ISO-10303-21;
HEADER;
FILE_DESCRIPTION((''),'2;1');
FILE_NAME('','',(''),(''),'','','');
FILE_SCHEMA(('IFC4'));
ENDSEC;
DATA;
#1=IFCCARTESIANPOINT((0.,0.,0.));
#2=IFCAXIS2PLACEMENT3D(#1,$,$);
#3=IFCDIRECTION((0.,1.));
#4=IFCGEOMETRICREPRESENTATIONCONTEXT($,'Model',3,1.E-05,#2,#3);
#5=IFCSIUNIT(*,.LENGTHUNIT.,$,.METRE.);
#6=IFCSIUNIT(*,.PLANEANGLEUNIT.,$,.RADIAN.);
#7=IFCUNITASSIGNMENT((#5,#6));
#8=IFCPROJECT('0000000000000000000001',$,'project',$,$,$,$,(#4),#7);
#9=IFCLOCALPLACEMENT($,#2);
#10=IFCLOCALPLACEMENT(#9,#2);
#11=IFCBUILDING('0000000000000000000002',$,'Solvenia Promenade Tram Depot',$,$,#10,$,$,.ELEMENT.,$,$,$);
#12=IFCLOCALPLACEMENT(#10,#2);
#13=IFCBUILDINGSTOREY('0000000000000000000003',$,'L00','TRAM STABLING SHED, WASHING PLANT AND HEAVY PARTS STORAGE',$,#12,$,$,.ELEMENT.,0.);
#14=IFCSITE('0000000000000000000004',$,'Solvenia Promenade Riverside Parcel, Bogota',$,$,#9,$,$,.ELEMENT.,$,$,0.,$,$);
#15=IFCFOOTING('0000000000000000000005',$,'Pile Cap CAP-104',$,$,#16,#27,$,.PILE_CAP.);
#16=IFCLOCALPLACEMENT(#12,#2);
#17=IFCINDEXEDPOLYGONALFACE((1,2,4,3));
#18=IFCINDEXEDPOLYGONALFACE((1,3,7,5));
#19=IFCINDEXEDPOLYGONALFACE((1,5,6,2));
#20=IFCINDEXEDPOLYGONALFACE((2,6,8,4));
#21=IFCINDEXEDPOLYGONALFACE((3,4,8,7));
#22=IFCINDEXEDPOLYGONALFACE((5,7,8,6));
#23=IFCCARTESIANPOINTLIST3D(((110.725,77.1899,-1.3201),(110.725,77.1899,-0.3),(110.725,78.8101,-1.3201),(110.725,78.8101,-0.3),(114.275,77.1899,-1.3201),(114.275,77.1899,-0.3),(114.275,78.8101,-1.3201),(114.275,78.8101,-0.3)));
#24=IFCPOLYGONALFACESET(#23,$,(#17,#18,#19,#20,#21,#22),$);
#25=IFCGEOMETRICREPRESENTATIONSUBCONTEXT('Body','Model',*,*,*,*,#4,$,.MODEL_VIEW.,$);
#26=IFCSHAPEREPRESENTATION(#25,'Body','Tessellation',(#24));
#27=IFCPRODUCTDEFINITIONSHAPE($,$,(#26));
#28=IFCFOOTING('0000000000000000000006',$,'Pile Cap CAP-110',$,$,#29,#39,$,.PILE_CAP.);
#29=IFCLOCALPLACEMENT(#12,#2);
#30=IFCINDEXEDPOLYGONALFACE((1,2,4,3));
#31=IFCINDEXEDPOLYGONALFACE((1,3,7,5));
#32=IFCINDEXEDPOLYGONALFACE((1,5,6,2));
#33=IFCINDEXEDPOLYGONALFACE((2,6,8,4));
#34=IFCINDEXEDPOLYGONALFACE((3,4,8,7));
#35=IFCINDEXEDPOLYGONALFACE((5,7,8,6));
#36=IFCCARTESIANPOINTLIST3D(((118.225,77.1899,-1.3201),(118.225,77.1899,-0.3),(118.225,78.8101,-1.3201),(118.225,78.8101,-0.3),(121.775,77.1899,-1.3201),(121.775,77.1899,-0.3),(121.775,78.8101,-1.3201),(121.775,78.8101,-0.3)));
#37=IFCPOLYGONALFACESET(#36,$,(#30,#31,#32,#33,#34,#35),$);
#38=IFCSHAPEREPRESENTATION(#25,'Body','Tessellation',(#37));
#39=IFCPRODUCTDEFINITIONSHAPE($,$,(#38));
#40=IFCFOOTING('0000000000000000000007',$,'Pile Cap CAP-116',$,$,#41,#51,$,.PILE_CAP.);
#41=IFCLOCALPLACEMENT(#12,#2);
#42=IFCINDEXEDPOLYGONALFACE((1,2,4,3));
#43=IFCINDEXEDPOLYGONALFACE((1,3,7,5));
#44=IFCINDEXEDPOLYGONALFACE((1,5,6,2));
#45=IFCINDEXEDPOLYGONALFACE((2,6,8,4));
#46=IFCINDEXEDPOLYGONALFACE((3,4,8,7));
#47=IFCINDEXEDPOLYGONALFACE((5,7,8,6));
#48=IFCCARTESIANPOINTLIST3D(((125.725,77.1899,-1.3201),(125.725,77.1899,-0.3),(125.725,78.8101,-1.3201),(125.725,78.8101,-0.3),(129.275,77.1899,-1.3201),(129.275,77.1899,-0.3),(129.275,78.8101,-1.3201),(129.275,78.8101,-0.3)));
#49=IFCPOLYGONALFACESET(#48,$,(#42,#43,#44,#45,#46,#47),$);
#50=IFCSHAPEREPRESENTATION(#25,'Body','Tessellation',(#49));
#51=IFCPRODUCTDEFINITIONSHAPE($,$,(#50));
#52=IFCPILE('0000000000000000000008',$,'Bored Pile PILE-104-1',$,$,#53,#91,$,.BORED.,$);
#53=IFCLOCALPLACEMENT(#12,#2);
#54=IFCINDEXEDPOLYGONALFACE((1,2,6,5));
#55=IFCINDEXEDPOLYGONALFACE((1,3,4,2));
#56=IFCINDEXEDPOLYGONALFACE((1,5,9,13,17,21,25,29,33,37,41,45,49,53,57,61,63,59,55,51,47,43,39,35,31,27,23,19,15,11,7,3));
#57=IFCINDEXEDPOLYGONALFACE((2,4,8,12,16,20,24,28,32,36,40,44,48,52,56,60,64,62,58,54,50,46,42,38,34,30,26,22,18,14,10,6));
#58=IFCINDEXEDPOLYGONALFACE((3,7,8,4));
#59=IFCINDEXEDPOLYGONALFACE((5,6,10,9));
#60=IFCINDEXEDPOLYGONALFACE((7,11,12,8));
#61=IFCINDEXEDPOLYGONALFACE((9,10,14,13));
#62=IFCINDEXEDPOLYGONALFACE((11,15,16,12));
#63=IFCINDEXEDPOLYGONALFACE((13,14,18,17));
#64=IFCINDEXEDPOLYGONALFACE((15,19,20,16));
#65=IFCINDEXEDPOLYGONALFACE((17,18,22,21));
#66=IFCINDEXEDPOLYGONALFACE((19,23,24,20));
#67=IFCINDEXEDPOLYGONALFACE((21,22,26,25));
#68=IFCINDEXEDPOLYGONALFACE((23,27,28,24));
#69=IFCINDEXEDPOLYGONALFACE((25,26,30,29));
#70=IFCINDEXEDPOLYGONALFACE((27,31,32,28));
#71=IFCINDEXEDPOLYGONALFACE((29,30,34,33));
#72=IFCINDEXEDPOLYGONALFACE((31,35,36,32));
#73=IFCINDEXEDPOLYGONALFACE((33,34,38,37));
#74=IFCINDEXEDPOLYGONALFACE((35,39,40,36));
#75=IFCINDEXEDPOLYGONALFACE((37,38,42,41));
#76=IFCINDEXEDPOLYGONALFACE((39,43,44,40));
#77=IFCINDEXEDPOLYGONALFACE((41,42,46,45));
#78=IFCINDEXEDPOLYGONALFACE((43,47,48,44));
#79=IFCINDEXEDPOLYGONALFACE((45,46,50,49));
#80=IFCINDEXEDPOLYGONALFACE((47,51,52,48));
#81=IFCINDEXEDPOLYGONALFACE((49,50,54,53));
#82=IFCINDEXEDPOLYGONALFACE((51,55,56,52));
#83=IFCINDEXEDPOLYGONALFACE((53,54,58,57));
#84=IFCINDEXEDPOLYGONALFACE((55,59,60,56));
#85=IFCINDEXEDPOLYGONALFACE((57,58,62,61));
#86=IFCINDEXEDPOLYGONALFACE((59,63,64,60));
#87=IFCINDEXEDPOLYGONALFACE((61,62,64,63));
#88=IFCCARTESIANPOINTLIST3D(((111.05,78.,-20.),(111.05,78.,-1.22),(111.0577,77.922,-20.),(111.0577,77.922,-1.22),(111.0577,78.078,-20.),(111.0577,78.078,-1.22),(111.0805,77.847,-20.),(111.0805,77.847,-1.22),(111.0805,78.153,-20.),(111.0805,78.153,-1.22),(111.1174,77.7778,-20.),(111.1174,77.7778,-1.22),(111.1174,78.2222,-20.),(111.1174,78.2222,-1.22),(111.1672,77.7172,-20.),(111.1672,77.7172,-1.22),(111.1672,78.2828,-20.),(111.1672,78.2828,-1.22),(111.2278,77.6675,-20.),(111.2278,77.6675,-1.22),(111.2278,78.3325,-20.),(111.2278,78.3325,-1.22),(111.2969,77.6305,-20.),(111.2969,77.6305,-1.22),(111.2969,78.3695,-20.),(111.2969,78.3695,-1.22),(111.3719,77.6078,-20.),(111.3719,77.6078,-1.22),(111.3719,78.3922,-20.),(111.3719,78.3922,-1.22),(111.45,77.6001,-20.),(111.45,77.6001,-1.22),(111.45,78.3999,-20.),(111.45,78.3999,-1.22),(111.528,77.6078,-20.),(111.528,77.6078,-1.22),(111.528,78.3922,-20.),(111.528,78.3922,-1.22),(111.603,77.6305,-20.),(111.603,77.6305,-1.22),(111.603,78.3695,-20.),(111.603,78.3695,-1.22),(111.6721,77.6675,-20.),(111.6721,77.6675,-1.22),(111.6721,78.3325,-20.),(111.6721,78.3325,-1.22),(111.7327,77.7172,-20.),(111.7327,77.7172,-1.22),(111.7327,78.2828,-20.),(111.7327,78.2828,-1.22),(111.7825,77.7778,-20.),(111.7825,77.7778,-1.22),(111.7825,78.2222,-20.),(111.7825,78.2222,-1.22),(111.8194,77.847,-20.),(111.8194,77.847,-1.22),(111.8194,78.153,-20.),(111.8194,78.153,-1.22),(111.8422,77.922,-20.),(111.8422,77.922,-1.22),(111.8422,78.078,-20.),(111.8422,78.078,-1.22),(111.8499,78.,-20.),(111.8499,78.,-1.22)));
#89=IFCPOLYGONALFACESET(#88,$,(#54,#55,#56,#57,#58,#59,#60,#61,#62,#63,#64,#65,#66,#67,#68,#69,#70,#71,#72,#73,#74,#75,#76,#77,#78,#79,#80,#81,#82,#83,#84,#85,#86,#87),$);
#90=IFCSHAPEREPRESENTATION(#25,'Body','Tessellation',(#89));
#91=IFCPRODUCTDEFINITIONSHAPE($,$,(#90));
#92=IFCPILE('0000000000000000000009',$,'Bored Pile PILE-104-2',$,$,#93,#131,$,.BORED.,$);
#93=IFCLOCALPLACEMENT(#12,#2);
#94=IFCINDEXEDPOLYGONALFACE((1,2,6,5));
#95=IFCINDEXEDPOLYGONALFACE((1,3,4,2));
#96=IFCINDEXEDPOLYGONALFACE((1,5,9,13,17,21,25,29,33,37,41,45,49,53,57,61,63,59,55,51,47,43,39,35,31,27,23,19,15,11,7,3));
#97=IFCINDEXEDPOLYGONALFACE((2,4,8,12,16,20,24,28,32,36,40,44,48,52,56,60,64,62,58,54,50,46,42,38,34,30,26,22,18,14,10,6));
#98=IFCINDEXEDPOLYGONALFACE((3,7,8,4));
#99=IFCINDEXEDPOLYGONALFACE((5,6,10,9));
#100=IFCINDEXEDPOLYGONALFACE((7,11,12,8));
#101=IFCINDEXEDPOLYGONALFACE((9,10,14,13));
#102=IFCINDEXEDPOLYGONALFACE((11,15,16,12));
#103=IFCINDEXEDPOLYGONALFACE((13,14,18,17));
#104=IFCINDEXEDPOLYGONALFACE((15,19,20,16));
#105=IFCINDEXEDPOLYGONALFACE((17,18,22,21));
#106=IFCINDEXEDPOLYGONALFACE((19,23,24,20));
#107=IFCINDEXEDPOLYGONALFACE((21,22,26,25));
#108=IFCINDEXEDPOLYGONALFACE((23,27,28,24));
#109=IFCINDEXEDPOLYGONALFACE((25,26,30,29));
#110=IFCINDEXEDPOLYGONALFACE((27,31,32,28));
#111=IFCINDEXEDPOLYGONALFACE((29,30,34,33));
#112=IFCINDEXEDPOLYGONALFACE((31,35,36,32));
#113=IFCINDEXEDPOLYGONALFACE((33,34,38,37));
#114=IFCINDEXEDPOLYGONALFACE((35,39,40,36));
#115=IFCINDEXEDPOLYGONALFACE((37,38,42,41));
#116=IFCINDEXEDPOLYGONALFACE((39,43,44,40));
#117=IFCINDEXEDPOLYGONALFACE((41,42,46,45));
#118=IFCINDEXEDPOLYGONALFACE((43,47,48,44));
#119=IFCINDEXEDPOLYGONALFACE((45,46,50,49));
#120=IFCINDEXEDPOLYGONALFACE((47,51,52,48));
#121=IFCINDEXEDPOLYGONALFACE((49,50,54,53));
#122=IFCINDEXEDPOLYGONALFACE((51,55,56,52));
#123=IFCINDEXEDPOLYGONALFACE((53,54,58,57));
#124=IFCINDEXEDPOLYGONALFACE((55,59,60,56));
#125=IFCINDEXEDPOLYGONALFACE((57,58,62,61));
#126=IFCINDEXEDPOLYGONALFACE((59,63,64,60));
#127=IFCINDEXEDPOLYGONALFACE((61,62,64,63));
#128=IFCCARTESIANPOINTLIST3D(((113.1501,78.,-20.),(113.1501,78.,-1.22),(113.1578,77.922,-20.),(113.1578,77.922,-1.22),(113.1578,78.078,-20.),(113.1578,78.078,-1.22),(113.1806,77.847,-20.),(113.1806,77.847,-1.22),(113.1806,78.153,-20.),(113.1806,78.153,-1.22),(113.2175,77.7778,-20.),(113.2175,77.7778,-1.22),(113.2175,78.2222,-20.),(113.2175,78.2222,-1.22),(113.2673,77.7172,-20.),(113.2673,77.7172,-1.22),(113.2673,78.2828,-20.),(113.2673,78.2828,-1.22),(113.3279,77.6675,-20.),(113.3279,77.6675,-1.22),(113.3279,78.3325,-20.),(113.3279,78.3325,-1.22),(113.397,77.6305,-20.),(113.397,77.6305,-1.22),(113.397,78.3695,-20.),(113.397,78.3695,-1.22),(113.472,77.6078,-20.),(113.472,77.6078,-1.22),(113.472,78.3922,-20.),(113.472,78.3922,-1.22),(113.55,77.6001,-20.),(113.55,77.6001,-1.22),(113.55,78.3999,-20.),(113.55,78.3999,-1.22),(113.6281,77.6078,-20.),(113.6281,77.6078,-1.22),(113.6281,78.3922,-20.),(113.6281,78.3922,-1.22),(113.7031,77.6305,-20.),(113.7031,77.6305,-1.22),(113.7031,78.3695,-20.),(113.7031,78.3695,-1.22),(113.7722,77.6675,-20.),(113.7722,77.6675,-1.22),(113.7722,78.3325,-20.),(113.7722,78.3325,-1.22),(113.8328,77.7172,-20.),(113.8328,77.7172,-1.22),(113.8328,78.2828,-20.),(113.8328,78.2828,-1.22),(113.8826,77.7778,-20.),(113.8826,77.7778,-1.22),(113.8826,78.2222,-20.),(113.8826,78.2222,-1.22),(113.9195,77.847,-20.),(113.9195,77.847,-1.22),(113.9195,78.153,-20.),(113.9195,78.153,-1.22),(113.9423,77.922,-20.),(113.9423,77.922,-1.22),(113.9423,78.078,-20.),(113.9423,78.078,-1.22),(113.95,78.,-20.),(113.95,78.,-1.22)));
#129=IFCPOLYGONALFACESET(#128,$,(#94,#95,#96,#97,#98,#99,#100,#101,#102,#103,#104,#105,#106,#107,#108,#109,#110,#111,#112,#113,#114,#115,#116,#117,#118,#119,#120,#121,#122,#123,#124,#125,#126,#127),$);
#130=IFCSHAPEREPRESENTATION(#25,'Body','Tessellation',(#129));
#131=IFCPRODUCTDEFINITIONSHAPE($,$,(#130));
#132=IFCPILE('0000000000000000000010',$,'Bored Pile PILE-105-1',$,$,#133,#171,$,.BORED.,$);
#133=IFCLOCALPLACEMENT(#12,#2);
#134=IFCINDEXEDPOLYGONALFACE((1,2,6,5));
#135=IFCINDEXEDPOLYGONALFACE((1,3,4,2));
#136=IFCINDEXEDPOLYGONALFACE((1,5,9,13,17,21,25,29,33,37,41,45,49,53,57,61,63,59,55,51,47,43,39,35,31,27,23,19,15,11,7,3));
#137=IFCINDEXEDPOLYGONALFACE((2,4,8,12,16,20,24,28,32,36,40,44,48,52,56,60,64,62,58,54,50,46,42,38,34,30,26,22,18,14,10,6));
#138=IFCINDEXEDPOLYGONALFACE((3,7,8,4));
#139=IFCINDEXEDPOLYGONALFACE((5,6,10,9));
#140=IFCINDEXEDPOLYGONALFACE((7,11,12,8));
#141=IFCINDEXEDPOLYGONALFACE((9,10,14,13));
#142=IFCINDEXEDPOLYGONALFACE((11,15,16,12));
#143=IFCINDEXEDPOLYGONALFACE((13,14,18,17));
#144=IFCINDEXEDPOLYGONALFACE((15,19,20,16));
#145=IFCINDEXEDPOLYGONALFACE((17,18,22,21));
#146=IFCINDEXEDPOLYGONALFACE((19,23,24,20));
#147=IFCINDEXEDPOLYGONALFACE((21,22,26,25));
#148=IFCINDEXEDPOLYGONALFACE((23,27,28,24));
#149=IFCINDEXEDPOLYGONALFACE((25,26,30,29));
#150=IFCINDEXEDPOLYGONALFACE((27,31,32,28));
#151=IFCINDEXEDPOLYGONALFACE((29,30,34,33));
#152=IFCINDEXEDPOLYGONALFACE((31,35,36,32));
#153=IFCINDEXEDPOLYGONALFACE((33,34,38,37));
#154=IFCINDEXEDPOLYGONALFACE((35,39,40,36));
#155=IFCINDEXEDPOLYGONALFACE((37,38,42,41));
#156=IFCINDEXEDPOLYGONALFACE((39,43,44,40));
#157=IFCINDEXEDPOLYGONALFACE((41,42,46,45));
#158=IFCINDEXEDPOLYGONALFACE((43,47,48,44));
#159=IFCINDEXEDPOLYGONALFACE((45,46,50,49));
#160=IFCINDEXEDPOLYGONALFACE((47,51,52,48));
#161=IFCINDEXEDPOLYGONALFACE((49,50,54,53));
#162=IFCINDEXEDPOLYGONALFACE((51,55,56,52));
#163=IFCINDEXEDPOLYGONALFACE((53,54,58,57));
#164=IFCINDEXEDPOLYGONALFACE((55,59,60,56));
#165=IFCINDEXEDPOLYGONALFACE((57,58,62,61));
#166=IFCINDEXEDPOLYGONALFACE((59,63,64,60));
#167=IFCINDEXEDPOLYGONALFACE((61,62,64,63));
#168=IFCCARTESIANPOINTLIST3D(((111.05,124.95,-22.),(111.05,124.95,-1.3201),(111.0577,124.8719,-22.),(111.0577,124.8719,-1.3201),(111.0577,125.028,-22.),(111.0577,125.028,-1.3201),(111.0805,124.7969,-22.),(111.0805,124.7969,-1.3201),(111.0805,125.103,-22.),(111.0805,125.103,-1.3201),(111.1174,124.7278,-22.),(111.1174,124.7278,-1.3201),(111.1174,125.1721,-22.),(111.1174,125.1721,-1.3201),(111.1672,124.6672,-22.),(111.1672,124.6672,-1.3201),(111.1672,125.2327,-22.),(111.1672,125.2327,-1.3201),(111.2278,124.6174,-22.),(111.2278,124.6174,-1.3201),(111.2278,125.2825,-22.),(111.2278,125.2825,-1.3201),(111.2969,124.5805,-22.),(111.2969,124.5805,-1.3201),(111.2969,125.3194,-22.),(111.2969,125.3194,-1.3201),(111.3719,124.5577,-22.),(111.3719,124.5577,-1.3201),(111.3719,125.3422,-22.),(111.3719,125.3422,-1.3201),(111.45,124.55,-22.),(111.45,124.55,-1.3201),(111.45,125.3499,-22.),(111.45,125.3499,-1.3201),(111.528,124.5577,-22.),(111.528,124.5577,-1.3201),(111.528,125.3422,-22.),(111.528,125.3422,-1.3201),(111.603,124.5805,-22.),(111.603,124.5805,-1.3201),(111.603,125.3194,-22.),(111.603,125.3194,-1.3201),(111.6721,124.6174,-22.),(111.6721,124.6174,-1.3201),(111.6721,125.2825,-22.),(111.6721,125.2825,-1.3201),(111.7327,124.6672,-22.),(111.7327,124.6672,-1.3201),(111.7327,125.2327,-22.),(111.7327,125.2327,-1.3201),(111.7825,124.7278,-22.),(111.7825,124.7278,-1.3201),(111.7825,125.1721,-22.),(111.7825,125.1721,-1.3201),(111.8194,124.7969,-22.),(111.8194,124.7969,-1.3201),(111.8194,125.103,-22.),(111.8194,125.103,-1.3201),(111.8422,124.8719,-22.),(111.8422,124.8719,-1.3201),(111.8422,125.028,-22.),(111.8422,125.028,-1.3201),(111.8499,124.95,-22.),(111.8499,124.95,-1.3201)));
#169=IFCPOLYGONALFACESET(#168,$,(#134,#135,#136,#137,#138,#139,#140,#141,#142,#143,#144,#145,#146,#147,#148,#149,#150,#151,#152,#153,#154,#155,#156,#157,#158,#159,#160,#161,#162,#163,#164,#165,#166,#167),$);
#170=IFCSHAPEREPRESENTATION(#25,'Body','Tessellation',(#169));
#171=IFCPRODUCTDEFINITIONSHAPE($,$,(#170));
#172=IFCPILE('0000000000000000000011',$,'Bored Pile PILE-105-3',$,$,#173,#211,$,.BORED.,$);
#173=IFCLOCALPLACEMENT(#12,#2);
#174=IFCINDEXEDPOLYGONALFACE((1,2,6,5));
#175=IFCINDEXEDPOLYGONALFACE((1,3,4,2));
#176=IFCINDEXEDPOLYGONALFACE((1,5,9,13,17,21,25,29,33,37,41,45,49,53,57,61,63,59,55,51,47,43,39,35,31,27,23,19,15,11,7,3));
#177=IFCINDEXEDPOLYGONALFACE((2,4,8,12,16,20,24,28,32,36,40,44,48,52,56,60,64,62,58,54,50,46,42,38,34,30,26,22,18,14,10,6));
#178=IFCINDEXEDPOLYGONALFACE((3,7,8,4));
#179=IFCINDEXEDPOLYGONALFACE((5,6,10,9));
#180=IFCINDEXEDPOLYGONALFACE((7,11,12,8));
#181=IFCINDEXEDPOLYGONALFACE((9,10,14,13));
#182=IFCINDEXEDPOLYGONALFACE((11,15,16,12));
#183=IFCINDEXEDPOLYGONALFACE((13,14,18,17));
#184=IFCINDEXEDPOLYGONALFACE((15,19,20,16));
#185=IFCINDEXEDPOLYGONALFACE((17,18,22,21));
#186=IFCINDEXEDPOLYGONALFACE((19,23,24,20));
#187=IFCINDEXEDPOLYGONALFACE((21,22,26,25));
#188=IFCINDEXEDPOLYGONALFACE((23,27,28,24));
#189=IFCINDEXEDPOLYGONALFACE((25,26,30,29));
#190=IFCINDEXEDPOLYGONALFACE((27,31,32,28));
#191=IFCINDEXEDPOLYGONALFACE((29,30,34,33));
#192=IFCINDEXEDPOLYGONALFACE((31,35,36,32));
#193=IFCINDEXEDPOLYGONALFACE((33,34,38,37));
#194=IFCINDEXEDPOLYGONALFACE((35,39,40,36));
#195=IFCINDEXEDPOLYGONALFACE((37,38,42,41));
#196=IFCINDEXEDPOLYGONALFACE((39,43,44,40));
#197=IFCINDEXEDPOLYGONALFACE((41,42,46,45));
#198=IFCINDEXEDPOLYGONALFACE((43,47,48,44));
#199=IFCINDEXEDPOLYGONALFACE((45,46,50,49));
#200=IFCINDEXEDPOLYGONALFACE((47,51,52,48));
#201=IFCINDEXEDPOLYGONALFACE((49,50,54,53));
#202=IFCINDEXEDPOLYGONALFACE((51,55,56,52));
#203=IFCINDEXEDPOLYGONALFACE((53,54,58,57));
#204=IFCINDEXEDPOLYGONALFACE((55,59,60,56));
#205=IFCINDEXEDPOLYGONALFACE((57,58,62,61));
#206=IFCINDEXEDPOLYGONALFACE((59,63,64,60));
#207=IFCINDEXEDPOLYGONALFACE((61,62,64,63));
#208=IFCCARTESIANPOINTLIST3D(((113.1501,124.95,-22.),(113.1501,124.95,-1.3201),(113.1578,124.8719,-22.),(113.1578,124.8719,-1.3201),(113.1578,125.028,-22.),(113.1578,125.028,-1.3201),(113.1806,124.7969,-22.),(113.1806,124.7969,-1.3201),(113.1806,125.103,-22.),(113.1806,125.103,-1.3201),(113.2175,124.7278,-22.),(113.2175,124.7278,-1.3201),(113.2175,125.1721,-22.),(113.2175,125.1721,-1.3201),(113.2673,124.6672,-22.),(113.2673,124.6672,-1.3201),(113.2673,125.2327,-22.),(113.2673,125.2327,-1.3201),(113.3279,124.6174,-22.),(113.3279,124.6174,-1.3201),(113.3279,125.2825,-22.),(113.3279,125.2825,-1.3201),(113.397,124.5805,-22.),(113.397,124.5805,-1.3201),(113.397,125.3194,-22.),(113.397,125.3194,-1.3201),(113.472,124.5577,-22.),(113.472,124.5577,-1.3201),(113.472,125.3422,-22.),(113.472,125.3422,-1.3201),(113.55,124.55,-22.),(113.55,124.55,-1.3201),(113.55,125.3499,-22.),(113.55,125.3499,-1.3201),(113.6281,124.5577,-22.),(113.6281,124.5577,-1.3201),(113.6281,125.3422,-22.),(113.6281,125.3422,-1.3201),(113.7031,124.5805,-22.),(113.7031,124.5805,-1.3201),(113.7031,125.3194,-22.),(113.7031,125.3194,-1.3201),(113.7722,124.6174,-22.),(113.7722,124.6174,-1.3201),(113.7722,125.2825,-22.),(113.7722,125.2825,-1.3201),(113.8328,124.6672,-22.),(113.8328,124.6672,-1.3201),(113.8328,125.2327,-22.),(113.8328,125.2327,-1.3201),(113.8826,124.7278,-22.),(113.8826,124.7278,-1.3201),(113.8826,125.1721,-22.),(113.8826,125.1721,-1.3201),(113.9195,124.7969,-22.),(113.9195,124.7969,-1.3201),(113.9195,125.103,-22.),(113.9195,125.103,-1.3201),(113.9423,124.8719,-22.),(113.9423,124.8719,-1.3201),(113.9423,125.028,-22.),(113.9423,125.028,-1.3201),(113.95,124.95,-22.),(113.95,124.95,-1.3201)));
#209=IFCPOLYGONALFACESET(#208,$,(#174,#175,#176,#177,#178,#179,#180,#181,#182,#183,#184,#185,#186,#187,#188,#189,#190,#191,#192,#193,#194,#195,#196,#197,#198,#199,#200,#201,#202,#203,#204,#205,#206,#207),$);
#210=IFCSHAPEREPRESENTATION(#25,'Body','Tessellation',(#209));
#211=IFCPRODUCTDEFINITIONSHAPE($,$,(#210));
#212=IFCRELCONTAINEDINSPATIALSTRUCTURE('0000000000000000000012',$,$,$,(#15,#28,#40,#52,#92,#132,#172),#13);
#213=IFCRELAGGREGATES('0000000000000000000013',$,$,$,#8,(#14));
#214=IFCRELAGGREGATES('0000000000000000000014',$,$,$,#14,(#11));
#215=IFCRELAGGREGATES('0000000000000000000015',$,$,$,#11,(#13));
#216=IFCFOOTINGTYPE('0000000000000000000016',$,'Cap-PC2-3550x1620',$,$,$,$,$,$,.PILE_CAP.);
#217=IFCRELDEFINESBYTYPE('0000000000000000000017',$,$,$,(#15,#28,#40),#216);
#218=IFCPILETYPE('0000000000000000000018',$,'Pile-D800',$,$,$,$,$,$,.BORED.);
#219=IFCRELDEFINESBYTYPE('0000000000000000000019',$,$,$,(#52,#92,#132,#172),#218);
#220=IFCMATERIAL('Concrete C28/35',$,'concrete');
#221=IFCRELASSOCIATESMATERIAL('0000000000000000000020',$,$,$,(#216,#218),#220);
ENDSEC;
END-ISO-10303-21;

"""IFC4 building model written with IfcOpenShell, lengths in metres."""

from ifc_helpers import new_model, si_unit, direction, frame, origin, origin_2d, place, context, subcontext, project, spatial, rectangle, circle, extrude, material, material_profile, profile_set, type_object, element, save


model = new_model("IFC4")

# Units and contexts
model_context = context("Model", 3, precision=1e-05, world=origin(), true_north=direction((0.0, 1.0)))
body_context = subcontext(model_context, "Body", "Model", "MODEL_VIEW")
ifc_project = project(units=[si_unit("LENGTHUNIT", "METRE"), si_unit("PLANEANGLEUNIT", "RADIAN")], contexts=[model_context])

# Site, building, storey
site_placement = place(None, origin())
site = spatial("IfcSite", under=ifc_project, at=site_placement, Name="Solvenia Promenade Riverside Parcel, Bogota", CompositionType="ELEMENT", RefElevation=0.0)
building_placement = place(site_placement, origin())
building = spatial("IfcBuilding", under=site, at=building_placement, Name="Solvenia Promenade Tram Depot", CompositionType="ELEMENT")
storey_placement = place(building_placement, origin())
storey = spatial("IfcBuildingStorey", under=building, at=storey_placement, Name="L00", Description="TRAM STABLING SHED, WASHING PLANT AND HEAVY PARTS STORAGE", CompositionType="ELEMENT", Elevation=0.0)

# Footings
ifc_material_1 = material(Name="Concrete C28/35", Category="concrete")
footing_type_1 = type_object("IfcFootingType", Name="Cap-PC2-3550x1620", PredefinedType="PILE_CAP", material=ifc_material_1)
for number, where, z_axis, x_axis, name in (
    (1, (112.5, 78.0, -1.3201), (0.0, 0.0, 1.0), (1.0, 0.0, 0.0), "Pile Cap CAP-104"),
    (2, (120.0, 78.0, -1.3201), (0.0, 0.0, 1.0), (1.0, 0.0, 0.0), "Pile Cap CAP-110"),
    (3, (127.5, 78.0, -1.3201), (0.0, 0.0, 1.0), (1.0, 0.0, 0.0), "Pile Cap CAP-116"),
):
    element("IfcFooting", number, at=place(storey_placement, frame(where, z_axis=z_axis, x_axis=x_axis)), inside=storey, type_object=footing_type_1, Name=name, PredefinedType="PILE_CAP", context=body_context, shape_type="SweptSolid", body=[
        extrude(rectangle(XDim=3.55, YDim=1.6201, at=origin_2d()), origin(), (0.0, 0.0, 1.0), 1.02),
    ])

# Piles
ifc_material_profile_1 = material_profile(ifc_material_1, circle(Radius=0.3999, at=origin_2d()), Name="D800", Category="concrete")
ifc_profile_set_1 = profile_set([ifc_material_profile_1], Name="Concrete C28/35")
pile_type = type_object("IfcPileType", Name="Pile-D800", PredefinedType="BORED", material=ifc_profile_set_1)
for number, where, z_axis, x_axis, name in (
    (4, (111.45, 78.0, -1.22), (0.0, 0.0, -1.0), (1.0, 0.0, 0.0), "Bored Pile PILE-104-1"),
    (5, (113.55, 78.0, -1.22), (0.0, 0.0, -1.0), (1.0, 0.0, 0.0), "Bored Pile PILE-104-2"),
):
    element("IfcPile", number, at=place(storey_placement, frame(where, z_axis=z_axis, x_axis=x_axis)), inside=storey, type_object=pile_type, Name=name, PredefinedType="BORED", context=body_context, shape_type="SweptSolid", body=[
        extrude(circle(Radius=0.3999, at=origin_2d()), origin(), (0.0, 0.0, 1.0), 18.78),
    ])
for number, where, z_axis, x_axis, name in (
    (6, (111.45, 124.95, -1.3201), (0.0, 0.0, -1.0), (1.0, 0.0, 0.0), "Bored Pile PILE-105-1"),
    (7, (113.55, 124.95, -1.3201), (0.0, 0.0, -1.0), (1.0, 0.0, 0.0), "Bored Pile PILE-105-3"),
):
    element("IfcPile", number, at=place(storey_placement, frame(where, z_axis=z_axis, x_axis=x_axis)), inside=storey, type_object=pile_type, Name=name, PredefinedType="BORED", context=body_context, shape_type="SweptSolid", body=[
        extrude(circle(Radius=0.3999, at=origin_2d()), origin(), (0.0, 0.0, 1.0), 20.6799),
    ])

save(model, "model.ifc")
